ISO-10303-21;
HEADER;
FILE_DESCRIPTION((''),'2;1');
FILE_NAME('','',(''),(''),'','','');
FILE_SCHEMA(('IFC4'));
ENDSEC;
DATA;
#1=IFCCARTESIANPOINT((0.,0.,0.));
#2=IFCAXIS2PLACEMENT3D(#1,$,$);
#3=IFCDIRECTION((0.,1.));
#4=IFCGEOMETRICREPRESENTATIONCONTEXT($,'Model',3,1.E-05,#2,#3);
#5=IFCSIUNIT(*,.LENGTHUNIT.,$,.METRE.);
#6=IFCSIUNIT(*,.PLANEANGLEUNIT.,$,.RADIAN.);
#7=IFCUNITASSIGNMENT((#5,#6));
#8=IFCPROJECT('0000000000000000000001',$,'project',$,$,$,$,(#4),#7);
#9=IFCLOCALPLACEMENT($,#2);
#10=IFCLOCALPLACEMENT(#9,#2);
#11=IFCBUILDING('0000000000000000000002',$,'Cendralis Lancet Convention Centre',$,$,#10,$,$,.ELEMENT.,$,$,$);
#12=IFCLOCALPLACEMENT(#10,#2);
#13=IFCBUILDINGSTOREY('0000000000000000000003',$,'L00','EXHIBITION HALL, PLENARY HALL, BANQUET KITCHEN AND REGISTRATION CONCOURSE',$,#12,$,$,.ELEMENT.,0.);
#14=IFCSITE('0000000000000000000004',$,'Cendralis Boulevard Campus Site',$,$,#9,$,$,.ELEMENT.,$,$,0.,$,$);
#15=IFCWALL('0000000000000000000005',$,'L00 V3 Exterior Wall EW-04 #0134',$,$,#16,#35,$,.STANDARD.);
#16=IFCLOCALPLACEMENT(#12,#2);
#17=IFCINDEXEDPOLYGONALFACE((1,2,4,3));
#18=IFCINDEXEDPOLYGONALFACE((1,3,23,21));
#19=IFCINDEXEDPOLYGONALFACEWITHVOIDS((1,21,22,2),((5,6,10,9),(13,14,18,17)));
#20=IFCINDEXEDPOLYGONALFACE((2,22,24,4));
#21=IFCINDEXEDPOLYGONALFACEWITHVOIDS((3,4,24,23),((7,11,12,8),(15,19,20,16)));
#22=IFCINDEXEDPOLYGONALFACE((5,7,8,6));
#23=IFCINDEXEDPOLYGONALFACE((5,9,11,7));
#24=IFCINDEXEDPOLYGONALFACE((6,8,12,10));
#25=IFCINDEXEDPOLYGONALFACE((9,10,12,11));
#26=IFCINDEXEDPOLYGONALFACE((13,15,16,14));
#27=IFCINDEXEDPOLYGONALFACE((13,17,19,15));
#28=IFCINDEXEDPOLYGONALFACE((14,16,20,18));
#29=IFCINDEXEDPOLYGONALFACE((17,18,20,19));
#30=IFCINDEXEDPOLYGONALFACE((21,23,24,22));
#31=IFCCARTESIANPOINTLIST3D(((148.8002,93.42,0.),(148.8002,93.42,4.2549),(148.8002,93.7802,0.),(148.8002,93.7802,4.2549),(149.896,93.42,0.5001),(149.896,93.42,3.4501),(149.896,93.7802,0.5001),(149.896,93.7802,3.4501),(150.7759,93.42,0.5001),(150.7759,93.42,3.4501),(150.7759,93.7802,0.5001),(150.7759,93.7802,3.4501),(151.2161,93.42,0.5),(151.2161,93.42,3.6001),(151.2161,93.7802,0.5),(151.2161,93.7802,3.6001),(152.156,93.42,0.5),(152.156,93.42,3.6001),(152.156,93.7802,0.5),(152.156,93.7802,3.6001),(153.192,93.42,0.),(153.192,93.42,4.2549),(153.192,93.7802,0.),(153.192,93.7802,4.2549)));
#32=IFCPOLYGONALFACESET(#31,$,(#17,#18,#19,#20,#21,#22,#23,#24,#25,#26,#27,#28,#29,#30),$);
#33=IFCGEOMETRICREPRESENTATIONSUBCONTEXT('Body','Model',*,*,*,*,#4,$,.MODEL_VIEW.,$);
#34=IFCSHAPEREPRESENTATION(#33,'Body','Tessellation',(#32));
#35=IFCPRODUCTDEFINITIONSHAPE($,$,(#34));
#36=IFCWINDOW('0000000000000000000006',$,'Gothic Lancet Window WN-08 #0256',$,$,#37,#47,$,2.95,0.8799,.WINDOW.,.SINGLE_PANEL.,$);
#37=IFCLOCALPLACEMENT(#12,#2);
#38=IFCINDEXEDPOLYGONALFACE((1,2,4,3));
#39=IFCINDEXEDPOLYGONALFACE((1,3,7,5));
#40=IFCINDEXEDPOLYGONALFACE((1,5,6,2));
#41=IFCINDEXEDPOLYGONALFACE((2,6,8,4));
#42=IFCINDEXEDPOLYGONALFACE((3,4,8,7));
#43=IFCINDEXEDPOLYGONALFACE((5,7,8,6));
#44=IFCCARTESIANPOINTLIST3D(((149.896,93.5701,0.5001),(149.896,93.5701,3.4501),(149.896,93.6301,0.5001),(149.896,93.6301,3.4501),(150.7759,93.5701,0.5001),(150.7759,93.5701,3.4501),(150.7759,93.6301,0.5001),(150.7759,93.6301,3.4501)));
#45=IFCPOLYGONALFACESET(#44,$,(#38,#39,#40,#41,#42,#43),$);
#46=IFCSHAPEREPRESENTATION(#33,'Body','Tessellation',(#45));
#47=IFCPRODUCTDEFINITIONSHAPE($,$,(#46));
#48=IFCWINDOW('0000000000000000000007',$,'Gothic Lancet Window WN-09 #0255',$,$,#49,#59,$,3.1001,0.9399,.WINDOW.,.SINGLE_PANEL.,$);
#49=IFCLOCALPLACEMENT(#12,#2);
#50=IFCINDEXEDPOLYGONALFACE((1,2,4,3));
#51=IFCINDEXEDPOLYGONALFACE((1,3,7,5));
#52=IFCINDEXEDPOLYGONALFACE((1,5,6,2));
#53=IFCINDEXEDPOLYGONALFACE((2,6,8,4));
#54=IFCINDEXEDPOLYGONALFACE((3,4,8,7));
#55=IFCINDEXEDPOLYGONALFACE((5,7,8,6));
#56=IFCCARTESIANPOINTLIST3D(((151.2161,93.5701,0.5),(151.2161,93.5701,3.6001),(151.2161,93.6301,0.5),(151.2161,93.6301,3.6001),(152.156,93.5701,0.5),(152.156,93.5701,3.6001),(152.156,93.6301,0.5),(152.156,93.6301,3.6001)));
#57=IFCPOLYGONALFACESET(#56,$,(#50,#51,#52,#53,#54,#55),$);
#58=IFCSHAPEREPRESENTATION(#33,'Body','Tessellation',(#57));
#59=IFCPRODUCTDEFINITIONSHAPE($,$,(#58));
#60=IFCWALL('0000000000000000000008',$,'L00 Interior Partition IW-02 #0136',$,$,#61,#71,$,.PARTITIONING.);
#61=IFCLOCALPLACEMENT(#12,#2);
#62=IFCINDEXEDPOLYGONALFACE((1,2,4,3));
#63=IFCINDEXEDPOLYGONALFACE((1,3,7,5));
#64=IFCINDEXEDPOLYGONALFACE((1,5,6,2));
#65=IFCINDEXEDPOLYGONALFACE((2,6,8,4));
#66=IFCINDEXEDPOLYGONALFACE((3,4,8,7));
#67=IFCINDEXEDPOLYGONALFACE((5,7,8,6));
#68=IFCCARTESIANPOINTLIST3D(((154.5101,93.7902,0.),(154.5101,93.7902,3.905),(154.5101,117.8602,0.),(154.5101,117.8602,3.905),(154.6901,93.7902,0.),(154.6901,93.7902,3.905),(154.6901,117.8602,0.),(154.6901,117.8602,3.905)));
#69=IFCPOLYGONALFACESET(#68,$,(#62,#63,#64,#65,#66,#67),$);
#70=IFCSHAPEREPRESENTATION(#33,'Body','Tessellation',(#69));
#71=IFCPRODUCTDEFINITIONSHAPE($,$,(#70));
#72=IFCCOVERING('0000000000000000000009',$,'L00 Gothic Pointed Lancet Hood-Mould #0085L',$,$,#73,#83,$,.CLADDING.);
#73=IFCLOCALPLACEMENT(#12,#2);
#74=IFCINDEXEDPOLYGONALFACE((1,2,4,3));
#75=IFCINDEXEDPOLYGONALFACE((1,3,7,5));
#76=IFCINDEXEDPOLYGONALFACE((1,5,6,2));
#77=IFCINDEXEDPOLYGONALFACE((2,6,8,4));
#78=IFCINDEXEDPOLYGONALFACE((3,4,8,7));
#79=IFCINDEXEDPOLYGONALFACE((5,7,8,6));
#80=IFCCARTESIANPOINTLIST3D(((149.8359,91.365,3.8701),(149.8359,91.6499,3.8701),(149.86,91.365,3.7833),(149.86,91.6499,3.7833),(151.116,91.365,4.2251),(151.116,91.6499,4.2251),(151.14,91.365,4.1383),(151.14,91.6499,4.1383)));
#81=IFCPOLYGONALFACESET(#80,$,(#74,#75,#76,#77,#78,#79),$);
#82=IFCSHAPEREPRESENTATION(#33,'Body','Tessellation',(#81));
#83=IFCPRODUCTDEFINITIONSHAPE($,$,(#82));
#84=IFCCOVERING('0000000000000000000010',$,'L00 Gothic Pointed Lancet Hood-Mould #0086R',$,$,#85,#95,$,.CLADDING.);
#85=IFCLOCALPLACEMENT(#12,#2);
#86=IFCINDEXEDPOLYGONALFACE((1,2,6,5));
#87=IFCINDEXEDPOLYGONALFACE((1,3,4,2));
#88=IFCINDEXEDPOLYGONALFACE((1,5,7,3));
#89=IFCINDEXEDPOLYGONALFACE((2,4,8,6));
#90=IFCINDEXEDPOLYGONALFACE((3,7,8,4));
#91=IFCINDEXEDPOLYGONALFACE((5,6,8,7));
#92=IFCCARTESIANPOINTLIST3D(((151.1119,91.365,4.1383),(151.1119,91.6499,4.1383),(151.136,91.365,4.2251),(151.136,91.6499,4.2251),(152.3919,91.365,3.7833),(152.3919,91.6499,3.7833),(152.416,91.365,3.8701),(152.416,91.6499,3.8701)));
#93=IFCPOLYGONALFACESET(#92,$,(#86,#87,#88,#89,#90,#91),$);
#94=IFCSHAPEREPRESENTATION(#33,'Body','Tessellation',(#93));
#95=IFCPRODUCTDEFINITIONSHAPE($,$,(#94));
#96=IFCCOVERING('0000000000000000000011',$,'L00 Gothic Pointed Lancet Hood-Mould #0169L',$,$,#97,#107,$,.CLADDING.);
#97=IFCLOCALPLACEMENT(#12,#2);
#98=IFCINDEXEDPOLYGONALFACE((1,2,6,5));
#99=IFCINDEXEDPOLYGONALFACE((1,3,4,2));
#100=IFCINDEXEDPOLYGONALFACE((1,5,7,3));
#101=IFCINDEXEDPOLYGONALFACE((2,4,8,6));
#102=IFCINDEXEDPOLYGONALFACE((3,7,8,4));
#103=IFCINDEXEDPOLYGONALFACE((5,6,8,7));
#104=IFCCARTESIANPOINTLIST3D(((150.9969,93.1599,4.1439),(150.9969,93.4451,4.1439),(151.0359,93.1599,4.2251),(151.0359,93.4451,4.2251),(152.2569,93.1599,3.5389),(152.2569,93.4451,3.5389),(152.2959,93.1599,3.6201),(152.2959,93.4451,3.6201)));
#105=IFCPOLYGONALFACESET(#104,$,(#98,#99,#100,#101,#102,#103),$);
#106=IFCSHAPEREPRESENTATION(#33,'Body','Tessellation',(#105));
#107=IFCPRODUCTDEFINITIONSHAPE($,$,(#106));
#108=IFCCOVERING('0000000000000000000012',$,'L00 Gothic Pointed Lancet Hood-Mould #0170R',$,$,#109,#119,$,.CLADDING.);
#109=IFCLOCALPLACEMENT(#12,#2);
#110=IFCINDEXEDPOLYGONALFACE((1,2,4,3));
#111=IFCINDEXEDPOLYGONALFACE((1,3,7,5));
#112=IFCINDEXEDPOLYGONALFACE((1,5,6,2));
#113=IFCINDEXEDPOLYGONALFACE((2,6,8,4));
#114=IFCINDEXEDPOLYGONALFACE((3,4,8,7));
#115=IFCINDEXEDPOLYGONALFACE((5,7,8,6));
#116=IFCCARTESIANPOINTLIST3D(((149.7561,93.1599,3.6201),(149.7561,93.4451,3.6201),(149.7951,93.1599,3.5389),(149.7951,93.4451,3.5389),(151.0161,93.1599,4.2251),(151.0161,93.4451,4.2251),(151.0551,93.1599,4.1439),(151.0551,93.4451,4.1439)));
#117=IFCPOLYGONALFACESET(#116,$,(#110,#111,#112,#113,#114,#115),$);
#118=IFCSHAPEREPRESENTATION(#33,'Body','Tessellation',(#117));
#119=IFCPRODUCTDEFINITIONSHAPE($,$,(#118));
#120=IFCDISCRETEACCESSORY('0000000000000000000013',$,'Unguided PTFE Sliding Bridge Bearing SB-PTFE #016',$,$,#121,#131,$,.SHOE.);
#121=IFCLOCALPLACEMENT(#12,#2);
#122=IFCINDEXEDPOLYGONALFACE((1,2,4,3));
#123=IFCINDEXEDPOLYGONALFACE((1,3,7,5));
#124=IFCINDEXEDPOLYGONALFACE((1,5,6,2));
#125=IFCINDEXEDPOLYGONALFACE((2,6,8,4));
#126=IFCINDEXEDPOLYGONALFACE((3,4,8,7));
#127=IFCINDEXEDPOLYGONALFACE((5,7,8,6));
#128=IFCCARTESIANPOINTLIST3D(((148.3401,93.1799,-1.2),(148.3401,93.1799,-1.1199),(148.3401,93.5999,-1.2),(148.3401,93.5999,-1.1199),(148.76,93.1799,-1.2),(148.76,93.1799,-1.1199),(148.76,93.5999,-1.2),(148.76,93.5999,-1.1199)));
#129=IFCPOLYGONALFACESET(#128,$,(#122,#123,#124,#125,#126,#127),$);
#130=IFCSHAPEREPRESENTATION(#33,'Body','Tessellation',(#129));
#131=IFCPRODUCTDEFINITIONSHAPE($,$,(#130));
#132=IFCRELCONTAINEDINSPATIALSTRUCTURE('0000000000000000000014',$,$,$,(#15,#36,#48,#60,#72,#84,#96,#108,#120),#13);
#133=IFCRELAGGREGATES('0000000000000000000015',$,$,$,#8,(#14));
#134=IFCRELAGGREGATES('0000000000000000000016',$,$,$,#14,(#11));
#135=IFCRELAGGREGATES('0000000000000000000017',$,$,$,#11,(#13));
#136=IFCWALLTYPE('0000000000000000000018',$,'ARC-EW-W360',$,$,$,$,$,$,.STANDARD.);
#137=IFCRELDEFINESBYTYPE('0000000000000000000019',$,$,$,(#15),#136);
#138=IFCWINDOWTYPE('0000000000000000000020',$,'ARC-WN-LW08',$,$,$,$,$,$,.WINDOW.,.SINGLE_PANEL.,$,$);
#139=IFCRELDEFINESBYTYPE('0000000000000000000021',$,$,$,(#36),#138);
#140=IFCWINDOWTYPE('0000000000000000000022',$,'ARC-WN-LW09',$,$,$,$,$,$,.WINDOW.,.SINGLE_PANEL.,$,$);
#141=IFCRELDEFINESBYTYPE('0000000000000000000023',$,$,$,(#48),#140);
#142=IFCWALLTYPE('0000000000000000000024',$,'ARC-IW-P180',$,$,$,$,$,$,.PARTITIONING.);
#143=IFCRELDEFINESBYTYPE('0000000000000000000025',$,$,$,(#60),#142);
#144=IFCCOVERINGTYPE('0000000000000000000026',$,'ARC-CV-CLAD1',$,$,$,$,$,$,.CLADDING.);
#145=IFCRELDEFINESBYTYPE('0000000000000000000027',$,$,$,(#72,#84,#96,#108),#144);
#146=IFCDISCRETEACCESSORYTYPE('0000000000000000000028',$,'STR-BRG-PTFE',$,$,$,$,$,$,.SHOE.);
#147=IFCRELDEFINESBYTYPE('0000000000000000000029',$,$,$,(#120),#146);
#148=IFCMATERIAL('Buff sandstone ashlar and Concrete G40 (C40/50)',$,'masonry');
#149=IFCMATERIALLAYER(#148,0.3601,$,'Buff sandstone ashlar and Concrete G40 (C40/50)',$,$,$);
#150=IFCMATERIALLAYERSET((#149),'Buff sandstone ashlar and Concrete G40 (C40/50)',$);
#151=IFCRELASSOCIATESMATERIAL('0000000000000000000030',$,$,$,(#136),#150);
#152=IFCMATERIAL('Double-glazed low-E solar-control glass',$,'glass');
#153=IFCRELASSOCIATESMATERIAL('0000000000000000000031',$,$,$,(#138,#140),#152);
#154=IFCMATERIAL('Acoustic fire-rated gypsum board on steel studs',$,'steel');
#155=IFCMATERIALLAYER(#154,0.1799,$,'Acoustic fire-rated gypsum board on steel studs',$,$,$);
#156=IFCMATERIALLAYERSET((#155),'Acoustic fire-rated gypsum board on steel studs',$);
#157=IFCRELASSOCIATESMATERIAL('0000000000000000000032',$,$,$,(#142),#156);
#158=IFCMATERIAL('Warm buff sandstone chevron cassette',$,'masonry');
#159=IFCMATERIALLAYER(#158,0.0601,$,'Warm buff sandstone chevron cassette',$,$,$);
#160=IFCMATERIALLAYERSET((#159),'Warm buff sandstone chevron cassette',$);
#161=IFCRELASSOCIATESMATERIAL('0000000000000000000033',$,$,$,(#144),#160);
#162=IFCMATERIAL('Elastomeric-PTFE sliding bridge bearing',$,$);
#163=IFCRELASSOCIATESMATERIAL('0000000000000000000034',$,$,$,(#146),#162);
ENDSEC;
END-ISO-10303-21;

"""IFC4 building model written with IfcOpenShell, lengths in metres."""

from ifc_helpers import new_model, si_unit, direction, frame, frame_2d, origin, origin_2d, place, context, subcontext, project, spatial, polyline, rectangle, outline, extrude, material, layer, layer_set, type_object, element, fill, save


model = new_model("IFC4")

# Units and contexts
model_context = context("Model", 3, precision=1e-05, world=origin(), true_north=direction((0.0, 1.0)))
body_context = subcontext(model_context, "Body", "Model", "MODEL_VIEW")
ifc_project = project(units=[si_unit("LENGTHUNIT", "METRE"), si_unit("PLANEANGLEUNIT", "RADIAN")], contexts=[model_context])

# Site, building, storey
site_placement = place(None, origin())
site = spatial("IfcSite", under=ifc_project, at=site_placement, Name="Cendralis Boulevard Campus Site", CompositionType="ELEMENT", RefElevation=0.0)
building_placement = place(site_placement, origin())
building = spatial("IfcBuilding", under=site, at=building_placement, Name="Cendralis Lancet Convention Centre", CompositionType="ELEMENT")
storey_placement = place(building_placement, origin())
storey = spatial("IfcBuildingStorey", under=building, at=storey_placement, Name="L00", Description="EXHIBITION HALL, PLENARY HALL, BANQUET KITCHEN AND REGISTRATION CONCOURSE", CompositionType="ELEMENT", Elevation=0.0)

# Shared definitions
ifc_material_1 = material(Name="Double-glazed low-E solar-control glass", Category="glass")

# Wall, openings, windows
ifc_material_2 = material(Name="Buff sandstone ashlar and Concrete G40 (C40/50)", Category="masonry")
ifc_layer_1 = layer(ifc_material_2, 0.3601, Name="Buff sandstone ashlar and Concrete G40 (C40/50)")
ifc_layer_set_1 = layer_set([ifc_layer_1], Name="Buff sandstone ashlar and Concrete G40 (C40/50)")
wall_type_1 = type_object("IfcWallType", Name="ARC-EW-W360", PredefinedType="STANDARD", material=ifc_layer_set_1)
wall_1_placement = place(storey_placement, frame((153.1919, 93.6001, 0.0), z_axis=(0.0, 0.0, 1.0), x_axis=(-1.0, 0.0, 0.0)))
wall_1 = element("IfcWall", 1, at=wall_1_placement, inside=storey, type_object=wall_type_1, Name="L00 V3 Exterior Wall EW-04 #0134", PredefinedType="STANDARD", context=body_context, shape_type="SweptSolid", body=[
    extrude(rectangle(XDim=4.3918, YDim=0.3601, at=frame_2d((2.1958, 0.0))), origin(), (0.0, 0.0, 1.0), 4.2549),
])
opening_1_placement = place(wall_1_placement, frame((1.0359, 0.0, 0.5)))
opening_1 = element("IfcOpeningElement", 2, at=opening_1_placement, cuts=wall_1, PredefinedType="OPENING", context=body_context, shape_type="SweptSolid", body=[
    extrude(rectangle(XDim=0.9399, YDim=3.1001, at=frame_2d((0.47, 1.55))), frame((0.0, 0.1899, 0.0), z_axis=(0.0, -1.0, 0.0), x_axis=(1.0, 0.0, 0.0)), (0.0, 0.0, 1.0), 0.3801),
])
opening_2_placement = place(wall_1_placement, frame((2.416, 0.0, 0.5)))
opening_2 = element("IfcOpeningElement", 3, at=opening_2_placement, cuts=wall_1, PredefinedType="OPENING", context=body_context, shape_type="SweptSolid", body=[
    extrude(rectangle(XDim=0.8799, YDim=2.95, at=frame_2d((0.4399, 1.4751))), frame((0.0, 0.1899, 0.0), z_axis=(0.0, -1.0, 0.0), x_axis=(1.0, 0.0, 0.0)), (0.0, 0.0, 1.0), 0.3801),
])
window_type_1 = type_object("IfcWindowType", Name="ARC-WN-LW08", PartitioningType="SINGLE_PANEL", PredefinedType="WINDOW", material=ifc_material_1)
window_1_placement = place(opening_2_placement, origin())
window_1 = element("IfcWindow", 4, at=window_1_placement, inside=storey, type_object=window_type_1, Name="Gothic Lancet Window WN-08 #0256", OverallHeight=2.95, OverallWidth=0.8799, PartitioningType="SINGLE_PANEL", PredefinedType="WINDOW", context=body_context, shape_type="SweptSolid", body=[
    extrude(rectangle(XDim=0.8799, YDim=2.95, at=frame_2d((0.4399, 1.4751))), frame((0.0, 0.03, 0.0), z_axis=(0.0, -1.0, 0.0), x_axis=(1.0, 0.0, 0.0)), (0.0, 0.0, 1.0), 0.0601),
])
fill(opening_2, window_1)
window_type_2 = type_object("IfcWindowType", Name="ARC-WN-LW09", PartitioningType="SINGLE_PANEL", PredefinedType="WINDOW", material=ifc_material_1)
window_2_placement = place(opening_1_placement, origin())
window_2 = element("IfcWindow", 5, at=window_2_placement, inside=storey, type_object=window_type_2, Name="Gothic Lancet Window WN-09 #0255", OverallHeight=3.1001, OverallWidth=0.9399, PartitioningType="SINGLE_PANEL", PredefinedType="WINDOW", context=body_context, shape_type="SweptSolid", body=[
    extrude(rectangle(XDim=0.9399, YDim=3.1001, at=frame_2d((0.47, 1.55))), frame((0.0, 0.03, 0.0), z_axis=(0.0, -1.0, 0.0), x_axis=(1.0, 0.0, 0.0)), (0.0, 0.0, 1.0), 0.0601),
])
fill(opening_1, window_2)

# Wall
ifc_material_3 = material(Name="Acoustic fire-rated gypsum board on steel studs", Category="steel")
ifc_layer_2 = layer(ifc_material_3, 0.1799, Name="Acoustic fire-rated gypsum board on steel studs")
ifc_layer_set_2 = layer_set([ifc_layer_2], Name="Acoustic fire-rated gypsum board on steel studs")
wall_type_2 = type_object("IfcWallType", Name="ARC-IW-P180", PredefinedType="PARTITIONING", material=ifc_layer_set_2)
wall_2_placement = place(storey_placement, frame((154.6001, 93.79, 0.0), z_axis=(0.0, 0.0, 1.0), x_axis=(0.0, 1.0, 0.0)))
element("IfcWall", 6, at=wall_2_placement, inside=storey, type_object=wall_type_2, Name="L00 Interior Partition IW-02 #0136", PredefinedType="PARTITIONING", context=body_context, shape_type="SweptSolid", body=[
    extrude(rectangle(XDim=24.0701, YDim=0.1799, at=frame_2d((12.0352, 0.0))), origin(), (0.0, 0.0, 1.0), 3.905),
])

# Coverings
ifc_material_4 = material(Name="Warm buff sandstone chevron cassette", Category="masonry")
ifc_layer_3 = layer(ifc_material_4, 0.0601, Name="Warm buff sandstone chevron cassette")
ifc_layer_set_3 = layer_set([ifc_layer_3], Name="Warm buff sandstone chevron cassette")
covering_type = type_object("IfcCoveringType", Name="ARC-CV-CLAD1", PredefinedType="CLADDING", material=ifc_layer_set_3)
for number, where, z_axis, x_axis, name in (
    (7, (149.8359, 91.6499, 3.8701), (-0.267236, 0.0, 0.963631), (0.0, -1.0, 0.0), "L00 Gothic Pointed Lancet Hood-Mould #0085L"),
    (8, (151.136, 91.6499, 4.2251), (0.267236, 0.0, 0.963631), (0.0, -1.0, 0.0), "L00 Gothic Pointed Lancet Hood-Mould #0086R"),
):
    element("IfcCovering", number, at=place(storey_placement, frame(where, z_axis=z_axis, x_axis=x_axis)), inside=storey, type_object=covering_type, Name=name, PredefinedType="CLADDING", context=body_context, shape_type="SweptSolid", body=[
        extrude(outline(polyline([(0.0, 0.0), (0.2849, 0.0), (0.2849, 1.3283), (0.0, 1.3283), (0.0, 0.0)])), origin(), (0.0, 0.0, -1.0), 0.0901),
    ])
for number, where, z_axis, x_axis, name in (
    (9, (152.2959, 93.1599, 3.6201), (0.432833, 0.0, 0.901474), (0.0, 1.0, 0.0), "L00 Gothic Pointed Lancet Hood-Mould #0169L"),
    (10, (151.0161, 93.1599, 4.2251), (-0.432833, 0.0, 0.901474), (0.0, 1.0, 0.0), "L00 Gothic Pointed Lancet Hood-Mould #0170R"),
):
    element("IfcCovering", number, at=place(storey_placement, frame(where, z_axis=z_axis, x_axis=x_axis)), inside=storey, type_object=covering_type, Name=name, PredefinedType="CLADDING", context=body_context, shape_type="SweptSolid", body=[
        extrude(outline(polyline([(0.0, 0.0), (0.2852, 0.0), (0.2852, 1.3977), (0.0, 1.3977), (0.0, 0.0)])), origin(), (0.0, 0.0, -1.0), 0.0901),
    ])

# Discrete accessory
ifc_material_5 = material(Name="Elastomeric-PTFE sliding bridge bearing")
discrete_accessory_type = type_object("IfcDiscreteAccessoryType", Name="STR-BRG-PTFE", PredefinedType="SHOE", material=ifc_material_5)
discrete_accessory_placement = place(storey_placement, frame((148.55, 93.3899, -1.2), z_axis=(0.0, 0.0, 1.0), x_axis=(1.0, 0.0, 0.0)))
element("IfcDiscreteAccessory", 11, at=discrete_accessory_placement, inside=storey, type_object=discrete_accessory_type, Name="Unguided PTFE Sliding Bridge Bearing SB-PTFE #016", PredefinedType="SHOE", context=body_context, shape_type="SweptSolid", body=[
    extrude(rectangle(XDim=0.4199, YDim=0.4199, at=origin_2d()), origin(), (0.0, 0.0, 1.0), 0.0801),
])

save(model, "model.ifc")
